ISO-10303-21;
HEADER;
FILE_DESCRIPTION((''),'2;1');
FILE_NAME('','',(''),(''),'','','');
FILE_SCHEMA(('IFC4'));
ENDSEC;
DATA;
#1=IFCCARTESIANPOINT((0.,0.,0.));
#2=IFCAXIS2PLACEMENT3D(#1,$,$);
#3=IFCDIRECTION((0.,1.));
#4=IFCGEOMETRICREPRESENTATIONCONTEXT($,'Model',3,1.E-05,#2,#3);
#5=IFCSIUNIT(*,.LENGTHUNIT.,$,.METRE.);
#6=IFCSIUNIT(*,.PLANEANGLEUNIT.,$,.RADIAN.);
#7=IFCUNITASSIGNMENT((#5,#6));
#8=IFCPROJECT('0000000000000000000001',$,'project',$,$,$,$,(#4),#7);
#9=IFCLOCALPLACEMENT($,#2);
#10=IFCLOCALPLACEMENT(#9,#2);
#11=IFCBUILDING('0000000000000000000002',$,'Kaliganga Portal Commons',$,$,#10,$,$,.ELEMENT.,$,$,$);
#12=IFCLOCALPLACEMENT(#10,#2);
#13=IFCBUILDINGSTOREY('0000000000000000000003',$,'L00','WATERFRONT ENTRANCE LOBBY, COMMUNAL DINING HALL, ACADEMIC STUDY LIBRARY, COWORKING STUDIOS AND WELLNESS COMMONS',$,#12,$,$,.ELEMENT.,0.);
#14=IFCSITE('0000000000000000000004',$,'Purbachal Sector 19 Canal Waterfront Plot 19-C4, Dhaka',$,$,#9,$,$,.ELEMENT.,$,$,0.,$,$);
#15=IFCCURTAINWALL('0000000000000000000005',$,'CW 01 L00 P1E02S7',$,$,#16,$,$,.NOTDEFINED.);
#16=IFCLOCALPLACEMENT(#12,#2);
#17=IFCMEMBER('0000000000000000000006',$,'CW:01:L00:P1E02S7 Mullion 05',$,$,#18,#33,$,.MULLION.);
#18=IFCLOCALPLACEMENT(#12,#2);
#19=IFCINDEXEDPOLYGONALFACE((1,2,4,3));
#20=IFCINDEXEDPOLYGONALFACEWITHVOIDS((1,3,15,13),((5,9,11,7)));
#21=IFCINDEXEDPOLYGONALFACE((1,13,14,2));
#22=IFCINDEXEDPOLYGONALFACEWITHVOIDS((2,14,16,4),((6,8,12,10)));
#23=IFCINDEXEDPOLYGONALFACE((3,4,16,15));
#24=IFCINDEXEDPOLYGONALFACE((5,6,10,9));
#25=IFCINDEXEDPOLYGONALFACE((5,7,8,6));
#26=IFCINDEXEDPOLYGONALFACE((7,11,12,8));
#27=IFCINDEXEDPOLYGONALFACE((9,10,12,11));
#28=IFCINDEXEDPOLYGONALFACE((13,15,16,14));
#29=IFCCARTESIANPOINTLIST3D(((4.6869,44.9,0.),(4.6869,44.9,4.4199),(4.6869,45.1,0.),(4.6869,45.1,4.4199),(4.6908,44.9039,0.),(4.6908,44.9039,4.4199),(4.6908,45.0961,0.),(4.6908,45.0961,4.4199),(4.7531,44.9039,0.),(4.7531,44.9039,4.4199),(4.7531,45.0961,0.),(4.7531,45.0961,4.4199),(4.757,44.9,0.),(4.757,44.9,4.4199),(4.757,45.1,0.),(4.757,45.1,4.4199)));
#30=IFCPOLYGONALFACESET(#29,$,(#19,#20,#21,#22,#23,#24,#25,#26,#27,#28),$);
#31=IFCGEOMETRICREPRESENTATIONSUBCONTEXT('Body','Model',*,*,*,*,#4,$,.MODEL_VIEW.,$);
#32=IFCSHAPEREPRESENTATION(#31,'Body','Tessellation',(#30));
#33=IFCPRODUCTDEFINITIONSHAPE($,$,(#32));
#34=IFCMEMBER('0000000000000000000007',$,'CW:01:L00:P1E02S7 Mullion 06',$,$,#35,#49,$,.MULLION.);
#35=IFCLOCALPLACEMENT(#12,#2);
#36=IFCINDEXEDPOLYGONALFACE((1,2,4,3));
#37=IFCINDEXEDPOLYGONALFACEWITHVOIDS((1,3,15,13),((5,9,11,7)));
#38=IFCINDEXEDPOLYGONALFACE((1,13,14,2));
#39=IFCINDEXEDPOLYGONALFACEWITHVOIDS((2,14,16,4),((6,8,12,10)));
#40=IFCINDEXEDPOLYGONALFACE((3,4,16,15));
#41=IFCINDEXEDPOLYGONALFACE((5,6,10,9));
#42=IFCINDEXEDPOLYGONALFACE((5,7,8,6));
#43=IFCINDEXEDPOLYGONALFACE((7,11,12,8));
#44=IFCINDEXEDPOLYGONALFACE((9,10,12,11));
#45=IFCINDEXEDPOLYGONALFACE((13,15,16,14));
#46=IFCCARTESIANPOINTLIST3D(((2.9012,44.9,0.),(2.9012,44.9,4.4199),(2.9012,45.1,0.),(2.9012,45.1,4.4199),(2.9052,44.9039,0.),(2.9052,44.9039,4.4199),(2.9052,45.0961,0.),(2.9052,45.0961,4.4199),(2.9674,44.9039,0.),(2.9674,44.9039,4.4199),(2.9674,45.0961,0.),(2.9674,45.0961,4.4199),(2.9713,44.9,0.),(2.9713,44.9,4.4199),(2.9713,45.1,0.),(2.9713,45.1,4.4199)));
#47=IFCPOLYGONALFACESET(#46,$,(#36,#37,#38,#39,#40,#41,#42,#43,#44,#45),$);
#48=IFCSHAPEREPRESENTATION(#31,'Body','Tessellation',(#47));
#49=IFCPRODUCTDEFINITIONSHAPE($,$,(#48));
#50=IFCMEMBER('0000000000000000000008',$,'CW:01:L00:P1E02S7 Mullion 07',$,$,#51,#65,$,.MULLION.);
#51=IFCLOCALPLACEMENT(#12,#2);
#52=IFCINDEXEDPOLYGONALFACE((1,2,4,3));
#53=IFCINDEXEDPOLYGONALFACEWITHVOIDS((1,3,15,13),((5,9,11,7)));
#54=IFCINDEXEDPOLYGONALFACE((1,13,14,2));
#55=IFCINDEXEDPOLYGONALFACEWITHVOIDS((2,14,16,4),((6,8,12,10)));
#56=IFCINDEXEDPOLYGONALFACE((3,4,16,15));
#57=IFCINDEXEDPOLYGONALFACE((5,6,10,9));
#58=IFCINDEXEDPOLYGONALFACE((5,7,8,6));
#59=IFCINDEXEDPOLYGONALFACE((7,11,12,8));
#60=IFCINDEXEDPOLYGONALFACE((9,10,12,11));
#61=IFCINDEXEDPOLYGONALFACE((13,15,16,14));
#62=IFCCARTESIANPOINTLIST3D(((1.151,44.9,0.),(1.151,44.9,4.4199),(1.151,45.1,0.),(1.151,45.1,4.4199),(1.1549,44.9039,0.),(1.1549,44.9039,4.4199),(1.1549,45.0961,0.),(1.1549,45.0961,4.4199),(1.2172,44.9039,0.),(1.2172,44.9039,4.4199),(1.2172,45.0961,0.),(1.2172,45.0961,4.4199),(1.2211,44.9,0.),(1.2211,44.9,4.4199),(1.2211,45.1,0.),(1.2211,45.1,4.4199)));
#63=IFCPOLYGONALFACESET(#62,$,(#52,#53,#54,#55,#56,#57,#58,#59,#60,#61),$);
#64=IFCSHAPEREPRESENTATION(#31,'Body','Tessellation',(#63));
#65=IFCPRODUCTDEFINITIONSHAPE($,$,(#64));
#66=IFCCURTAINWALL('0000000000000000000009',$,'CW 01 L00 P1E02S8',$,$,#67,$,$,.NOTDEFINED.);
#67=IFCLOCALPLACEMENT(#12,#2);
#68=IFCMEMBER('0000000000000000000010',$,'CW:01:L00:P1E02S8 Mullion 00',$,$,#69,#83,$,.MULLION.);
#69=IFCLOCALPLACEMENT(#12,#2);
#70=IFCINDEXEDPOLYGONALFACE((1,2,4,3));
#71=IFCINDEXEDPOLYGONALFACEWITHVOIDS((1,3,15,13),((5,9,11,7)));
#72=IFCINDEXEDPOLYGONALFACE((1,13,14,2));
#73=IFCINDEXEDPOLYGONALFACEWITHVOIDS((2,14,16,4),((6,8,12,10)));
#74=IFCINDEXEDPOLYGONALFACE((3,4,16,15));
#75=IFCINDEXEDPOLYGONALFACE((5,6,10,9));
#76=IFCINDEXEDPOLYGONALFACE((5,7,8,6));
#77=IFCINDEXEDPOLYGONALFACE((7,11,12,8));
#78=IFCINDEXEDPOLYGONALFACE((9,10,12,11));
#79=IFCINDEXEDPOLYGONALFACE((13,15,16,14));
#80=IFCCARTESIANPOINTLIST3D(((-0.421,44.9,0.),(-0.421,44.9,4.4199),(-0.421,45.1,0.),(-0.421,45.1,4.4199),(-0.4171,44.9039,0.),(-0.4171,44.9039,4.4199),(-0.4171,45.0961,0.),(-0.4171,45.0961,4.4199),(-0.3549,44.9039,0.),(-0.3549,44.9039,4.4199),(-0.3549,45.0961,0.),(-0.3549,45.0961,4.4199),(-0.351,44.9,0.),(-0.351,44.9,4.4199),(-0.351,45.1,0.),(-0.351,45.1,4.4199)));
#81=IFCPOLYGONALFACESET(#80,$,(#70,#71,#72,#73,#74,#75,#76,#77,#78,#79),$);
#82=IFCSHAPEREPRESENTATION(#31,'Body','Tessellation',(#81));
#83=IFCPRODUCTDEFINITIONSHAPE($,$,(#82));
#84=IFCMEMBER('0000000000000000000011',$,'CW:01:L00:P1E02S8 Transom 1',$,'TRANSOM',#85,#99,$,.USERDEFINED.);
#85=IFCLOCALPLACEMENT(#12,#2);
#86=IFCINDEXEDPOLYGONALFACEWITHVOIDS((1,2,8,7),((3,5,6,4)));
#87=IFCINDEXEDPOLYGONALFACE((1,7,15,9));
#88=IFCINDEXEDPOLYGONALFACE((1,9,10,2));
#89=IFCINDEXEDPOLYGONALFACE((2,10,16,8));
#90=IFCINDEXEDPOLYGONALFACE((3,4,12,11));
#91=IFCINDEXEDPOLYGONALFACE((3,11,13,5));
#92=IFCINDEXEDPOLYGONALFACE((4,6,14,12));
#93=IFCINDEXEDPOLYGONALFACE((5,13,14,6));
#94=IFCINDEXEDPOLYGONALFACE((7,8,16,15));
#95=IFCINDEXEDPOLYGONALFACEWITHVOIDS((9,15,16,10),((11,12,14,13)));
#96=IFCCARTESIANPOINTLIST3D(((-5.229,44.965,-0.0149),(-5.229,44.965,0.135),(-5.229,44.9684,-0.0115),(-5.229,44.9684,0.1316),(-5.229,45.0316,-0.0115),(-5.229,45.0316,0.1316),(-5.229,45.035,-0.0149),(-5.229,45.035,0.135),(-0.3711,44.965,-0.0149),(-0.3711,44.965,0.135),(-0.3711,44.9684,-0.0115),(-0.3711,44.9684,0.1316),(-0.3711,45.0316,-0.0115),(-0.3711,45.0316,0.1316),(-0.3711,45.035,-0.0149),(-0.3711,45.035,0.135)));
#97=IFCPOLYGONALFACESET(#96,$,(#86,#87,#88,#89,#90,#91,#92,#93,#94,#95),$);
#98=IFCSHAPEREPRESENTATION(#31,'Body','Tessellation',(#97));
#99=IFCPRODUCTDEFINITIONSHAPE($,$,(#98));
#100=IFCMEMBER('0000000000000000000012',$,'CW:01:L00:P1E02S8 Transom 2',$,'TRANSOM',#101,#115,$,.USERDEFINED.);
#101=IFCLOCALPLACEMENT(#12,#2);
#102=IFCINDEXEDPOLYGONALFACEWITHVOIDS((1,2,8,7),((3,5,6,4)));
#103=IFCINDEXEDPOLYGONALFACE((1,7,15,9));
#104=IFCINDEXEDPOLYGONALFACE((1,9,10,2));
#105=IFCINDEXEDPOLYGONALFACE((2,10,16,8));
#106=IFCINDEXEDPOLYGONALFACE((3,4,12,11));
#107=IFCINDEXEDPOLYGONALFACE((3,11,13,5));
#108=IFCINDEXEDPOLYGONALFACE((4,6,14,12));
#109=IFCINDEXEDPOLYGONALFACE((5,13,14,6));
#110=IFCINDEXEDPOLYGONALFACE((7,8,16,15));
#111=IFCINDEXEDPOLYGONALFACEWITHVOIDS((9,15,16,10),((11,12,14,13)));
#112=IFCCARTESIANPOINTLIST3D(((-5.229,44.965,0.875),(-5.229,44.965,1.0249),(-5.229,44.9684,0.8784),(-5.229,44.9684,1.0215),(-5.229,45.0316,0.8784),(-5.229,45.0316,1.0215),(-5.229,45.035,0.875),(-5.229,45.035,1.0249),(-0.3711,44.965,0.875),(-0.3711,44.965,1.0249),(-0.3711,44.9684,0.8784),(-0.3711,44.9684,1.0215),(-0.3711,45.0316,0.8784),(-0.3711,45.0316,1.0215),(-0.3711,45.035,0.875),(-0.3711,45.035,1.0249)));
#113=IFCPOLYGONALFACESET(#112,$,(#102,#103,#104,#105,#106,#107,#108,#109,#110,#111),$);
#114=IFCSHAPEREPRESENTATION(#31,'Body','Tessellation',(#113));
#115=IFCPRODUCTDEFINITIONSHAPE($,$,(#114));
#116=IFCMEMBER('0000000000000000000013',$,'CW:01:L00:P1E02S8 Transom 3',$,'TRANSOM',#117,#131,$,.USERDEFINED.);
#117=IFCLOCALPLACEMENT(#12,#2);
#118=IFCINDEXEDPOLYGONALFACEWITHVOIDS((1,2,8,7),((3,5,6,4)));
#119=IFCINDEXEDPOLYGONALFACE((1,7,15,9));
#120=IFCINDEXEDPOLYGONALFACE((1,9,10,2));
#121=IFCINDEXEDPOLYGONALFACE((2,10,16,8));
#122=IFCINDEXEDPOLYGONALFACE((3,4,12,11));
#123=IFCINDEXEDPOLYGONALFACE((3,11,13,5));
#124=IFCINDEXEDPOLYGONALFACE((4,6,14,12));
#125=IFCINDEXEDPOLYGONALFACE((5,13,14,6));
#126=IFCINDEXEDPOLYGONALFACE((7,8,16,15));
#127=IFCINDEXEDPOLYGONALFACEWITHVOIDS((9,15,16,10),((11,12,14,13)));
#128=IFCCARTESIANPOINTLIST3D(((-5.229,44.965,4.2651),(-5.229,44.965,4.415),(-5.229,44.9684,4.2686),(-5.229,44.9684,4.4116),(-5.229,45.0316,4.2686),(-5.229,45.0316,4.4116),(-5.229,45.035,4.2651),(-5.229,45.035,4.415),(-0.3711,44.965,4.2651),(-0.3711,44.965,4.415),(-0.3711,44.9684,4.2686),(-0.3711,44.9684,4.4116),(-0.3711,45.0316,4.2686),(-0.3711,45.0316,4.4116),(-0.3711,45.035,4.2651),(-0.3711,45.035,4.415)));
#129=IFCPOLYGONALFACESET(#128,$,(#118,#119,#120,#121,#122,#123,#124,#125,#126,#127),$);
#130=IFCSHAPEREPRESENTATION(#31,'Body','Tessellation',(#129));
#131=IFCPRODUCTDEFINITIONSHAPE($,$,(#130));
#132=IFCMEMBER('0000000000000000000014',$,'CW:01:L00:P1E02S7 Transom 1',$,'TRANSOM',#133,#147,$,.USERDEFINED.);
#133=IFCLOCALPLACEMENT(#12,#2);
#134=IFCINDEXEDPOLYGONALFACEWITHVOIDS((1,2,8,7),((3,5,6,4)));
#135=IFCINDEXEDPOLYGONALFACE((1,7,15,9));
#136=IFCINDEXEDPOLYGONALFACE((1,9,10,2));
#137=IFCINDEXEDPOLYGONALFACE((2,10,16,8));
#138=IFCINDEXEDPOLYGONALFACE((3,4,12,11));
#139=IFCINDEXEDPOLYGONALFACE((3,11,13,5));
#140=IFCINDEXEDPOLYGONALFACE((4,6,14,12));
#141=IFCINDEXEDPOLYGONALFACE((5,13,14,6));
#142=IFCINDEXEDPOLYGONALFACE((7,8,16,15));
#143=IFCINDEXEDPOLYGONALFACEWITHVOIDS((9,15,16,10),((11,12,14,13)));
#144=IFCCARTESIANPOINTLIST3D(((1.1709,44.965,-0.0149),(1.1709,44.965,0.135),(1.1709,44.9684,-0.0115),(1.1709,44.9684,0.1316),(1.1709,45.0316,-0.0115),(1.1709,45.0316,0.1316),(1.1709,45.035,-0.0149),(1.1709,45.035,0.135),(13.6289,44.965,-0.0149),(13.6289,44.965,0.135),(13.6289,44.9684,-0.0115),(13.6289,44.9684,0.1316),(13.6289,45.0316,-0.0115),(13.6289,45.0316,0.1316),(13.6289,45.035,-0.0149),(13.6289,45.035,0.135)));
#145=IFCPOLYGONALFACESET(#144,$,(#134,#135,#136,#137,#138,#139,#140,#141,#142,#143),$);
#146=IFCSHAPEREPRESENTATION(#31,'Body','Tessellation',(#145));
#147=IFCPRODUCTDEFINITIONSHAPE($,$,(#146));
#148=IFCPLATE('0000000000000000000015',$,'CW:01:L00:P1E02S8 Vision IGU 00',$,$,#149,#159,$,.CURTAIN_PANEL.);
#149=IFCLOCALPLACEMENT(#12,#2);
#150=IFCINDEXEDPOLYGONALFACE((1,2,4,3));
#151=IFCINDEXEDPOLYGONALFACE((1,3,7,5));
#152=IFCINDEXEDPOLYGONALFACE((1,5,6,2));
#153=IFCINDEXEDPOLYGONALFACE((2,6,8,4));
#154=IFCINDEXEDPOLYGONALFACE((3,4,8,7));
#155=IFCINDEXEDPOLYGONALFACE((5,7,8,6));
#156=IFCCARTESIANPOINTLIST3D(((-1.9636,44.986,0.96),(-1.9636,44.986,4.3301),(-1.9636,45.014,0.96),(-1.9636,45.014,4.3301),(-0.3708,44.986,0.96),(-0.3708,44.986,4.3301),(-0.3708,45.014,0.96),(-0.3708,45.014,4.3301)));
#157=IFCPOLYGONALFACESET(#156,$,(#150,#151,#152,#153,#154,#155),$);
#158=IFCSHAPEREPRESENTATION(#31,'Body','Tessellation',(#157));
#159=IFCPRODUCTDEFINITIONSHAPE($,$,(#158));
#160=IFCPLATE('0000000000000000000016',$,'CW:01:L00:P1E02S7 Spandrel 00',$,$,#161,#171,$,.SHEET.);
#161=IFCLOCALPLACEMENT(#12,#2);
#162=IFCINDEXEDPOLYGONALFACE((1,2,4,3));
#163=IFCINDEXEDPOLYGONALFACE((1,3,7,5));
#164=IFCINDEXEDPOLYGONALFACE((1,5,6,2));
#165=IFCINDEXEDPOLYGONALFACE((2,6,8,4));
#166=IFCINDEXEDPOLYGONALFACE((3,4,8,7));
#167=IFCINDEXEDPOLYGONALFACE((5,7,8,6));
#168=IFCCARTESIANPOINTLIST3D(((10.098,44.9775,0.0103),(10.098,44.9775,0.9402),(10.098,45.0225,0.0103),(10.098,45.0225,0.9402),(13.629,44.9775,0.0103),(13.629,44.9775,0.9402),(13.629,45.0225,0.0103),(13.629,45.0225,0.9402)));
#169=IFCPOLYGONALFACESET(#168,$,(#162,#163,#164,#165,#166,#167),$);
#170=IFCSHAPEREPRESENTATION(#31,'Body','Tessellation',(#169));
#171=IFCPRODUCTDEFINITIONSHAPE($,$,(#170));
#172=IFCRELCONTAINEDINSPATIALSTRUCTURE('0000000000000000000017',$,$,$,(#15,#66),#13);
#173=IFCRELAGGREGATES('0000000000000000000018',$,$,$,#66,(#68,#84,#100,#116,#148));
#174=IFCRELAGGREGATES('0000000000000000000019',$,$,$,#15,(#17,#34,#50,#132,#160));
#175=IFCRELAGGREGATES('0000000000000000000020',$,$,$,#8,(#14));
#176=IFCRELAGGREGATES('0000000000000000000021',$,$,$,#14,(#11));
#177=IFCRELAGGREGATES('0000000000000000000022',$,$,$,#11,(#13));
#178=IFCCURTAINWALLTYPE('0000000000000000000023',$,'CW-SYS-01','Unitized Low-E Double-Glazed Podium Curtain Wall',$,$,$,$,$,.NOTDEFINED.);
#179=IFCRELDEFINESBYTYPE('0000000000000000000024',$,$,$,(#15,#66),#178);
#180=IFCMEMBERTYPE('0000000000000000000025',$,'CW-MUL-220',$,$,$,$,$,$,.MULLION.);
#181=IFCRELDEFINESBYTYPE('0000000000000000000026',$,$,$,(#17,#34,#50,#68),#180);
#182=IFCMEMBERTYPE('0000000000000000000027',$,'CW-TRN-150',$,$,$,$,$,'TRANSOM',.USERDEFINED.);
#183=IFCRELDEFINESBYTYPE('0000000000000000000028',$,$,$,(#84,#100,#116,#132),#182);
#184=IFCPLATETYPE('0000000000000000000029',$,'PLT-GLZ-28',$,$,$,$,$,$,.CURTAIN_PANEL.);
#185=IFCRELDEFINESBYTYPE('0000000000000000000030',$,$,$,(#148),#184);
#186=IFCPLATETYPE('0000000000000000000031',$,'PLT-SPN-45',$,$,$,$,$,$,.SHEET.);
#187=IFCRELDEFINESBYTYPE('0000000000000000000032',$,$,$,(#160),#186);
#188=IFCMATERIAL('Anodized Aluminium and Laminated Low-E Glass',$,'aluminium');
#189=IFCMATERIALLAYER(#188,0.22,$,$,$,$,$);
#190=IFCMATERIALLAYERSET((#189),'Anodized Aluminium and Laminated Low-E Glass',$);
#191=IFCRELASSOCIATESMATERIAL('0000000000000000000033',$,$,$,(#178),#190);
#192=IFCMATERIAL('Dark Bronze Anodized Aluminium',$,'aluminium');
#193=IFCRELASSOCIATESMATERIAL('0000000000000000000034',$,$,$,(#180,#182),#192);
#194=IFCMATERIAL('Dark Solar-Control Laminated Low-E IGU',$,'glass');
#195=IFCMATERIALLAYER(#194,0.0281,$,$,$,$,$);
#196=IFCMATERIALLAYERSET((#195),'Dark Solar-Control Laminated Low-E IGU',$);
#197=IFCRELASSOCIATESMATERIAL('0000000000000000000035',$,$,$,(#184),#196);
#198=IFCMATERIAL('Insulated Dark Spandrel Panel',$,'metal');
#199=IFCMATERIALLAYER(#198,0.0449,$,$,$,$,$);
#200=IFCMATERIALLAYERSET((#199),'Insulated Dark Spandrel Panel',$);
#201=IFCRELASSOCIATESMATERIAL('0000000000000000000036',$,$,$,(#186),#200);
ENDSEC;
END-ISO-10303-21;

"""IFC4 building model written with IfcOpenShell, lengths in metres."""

from ifc_helpers import new_model, si_unit, direction, frame, origin, origin_2d, place, context, subcontext, project, spatial, rectangle, hollow_rectangle, extrude, source, transform, mapped, material, layer, layer_set, material_profile, profile_set, type_object, element, aggregate, save


model = new_model("IFC4")

# Units and contexts
model_context = context("Model", 3, precision=1e-05, world=origin(), true_north=direction((0.0, 1.0)))
body_context = subcontext(model_context, "Body", "Model", "MODEL_VIEW")
ifc_project = project(units=[si_unit("LENGTHUNIT", "METRE"), si_unit("PLANEANGLEUNIT", "RADIAN")], contexts=[model_context])

# Site, building, storey
site_placement = place(None, origin())
site = spatial("IfcSite", under=ifc_project, at=site_placement, Name="Purbachal Sector 19 Canal Waterfront Plot 19-C4, Dhaka", CompositionType="ELEMENT", RefElevation=0.0)
building_placement = place(site_placement, origin())
building = spatial("IfcBuilding", under=site, at=building_placement, Name="Kaliganga Portal Commons", CompositionType="ELEMENT")
storey_placement = place(building_placement, origin())
storey = spatial("IfcBuildingStorey", under=building, at=storey_placement, Name="L00", Description="WATERFRONT ENTRANCE LOBBY, COMMUNAL DINING HALL, ACADEMIC STUDY LIBRARY, COWORKING STUDIOS AND WELLNESS COMMONS", CompositionType="ELEMENT", Elevation=0.0)

# Curtain walls, members
ifc_material_1 = material(Name="Anodized Aluminium and Laminated Low-E Glass", Category="aluminium")
ifc_layer_1 = layer(ifc_material_1, 0.22)
ifc_layer_set_1 = layer_set([ifc_layer_1], Name="Anodized Aluminium and Laminated Low-E Glass")
curtain_wall_type = type_object("IfcCurtainWallType", Name="CW-SYS-01", Description="Unitized Low-E Double-Glazed Podium Curtain Wall", PredefinedType="NOTDEFINED", material=ifc_layer_set_1)
curtain_wall_1_placement = place(storey_placement, origin())
curtain_wall_1 = element("IfcCurtainWall", 1, at=curtain_wall_1_placement, inside=storey, type_object=curtain_wall_type, Name="CW 01 L00 P1E02S7", PredefinedType="NOTDEFINED")
ifc_material_2 = material(Name="Dark Bronze Anodized Aluminium", Category="aluminium")
ifc_material_profile_1 = material_profile(ifc_material_2, hollow_rectangle(XDim=0.0701, YDim=0.2, WallThickness=0.0039, at=origin_2d()), Name="ALU MULL 70x200x4")
ifc_profile_set_1 = profile_set([ifc_material_profile_1], Name="Dark Bronze Anodized Aluminium")
member_type_1 = type_object("IfcMemberType", Name="CW-MUL-220", PredefinedType="MULLION", material=ifc_profile_set_1)
shared_shape_1 = source(origin(), body_context, "Body", "SweptSolid", [
    extrude(hollow_rectangle(XDim=0.0701, YDim=0.2, WallThickness=0.0039, at=origin_2d()), origin(), (0.0, 0.0, 1.0), 4.4199),
])
member_1_placement = place(storey_placement, frame((4.7219, 45.0, 0.0), z_axis=(0.0, 0.0, 1.0), x_axis=(-1.0, 0.0, 0.0)))
member_1 = element("IfcMember", 2, at=member_1_placement, type_object=member_type_1, Name="CW:01:L00:P1E02S7 Mullion 05", PredefinedType="MULLION", context=body_context, shape_type="MappedRepresentation", body=[
    mapped(shared_shape_1, transform((0.0, 0.0, 0.0), x_axis=(1.0, 0.0, 0.0), y_axis=(0.0, 1.0, 0.0), z_axis=(0.0, 0.0, 1.0), scale=1.0)),
])
member_2_placement = place(storey_placement, frame((2.9363, 45.0, 0.0), z_axis=(0.0, 0.0, 1.0), x_axis=(-1.0, 0.0, 0.0)))
member_2 = element("IfcMember", 3, at=member_2_placement, type_object=member_type_1, Name="CW:01:L00:P1E02S7 Mullion 06", PredefinedType="MULLION", context=body_context, shape_type="MappedRepresentation", body=[
    mapped(shared_shape_1, transform((0.0, 0.0, 0.0), x_axis=(1.0, 0.0, 0.0), y_axis=(0.0, 1.0, 0.0), z_axis=(0.0, 0.0, 1.0), scale=1.0)),
])
member_3_placement = place(storey_placement, frame((1.186, 45.0, 0.0), z_axis=(0.0, 0.0, 1.0), x_axis=(-1.0, 0.0, 0.0)))
member_3 = element("IfcMember", 4, at=member_3_placement, type_object=member_type_1, Name="CW:01:L00:P1E02S7 Mullion 07", PredefinedType="MULLION", context=body_context, shape_type="MappedRepresentation", body=[
    mapped(shared_shape_1, transform((0.0, 0.0, 0.0), x_axis=(1.0, 0.0, 0.0), y_axis=(0.0, 1.0, 0.0), z_axis=(0.0, 0.0, 1.0), scale=1.0)),
])
curtain_wall_2_placement = place(storey_placement, origin())
curtain_wall_2 = element("IfcCurtainWall", 5, at=curtain_wall_2_placement, inside=storey, type_object=curtain_wall_type, Name="CW 01 L00 P1E02S8", PredefinedType="NOTDEFINED")
member_4_placement = place(storey_placement, frame((-0.386, 45.0, 0.0), z_axis=(0.0, 0.0, 1.0), x_axis=(-1.0, 0.0, 0.0)))
member_4 = element("IfcMember", 6, at=member_4_placement, type_object=member_type_1, Name="CW:01:L00:P1E02S8 Mullion 00", PredefinedType="MULLION", context=body_context, shape_type="MappedRepresentation", body=[
    mapped(shared_shape_1, transform((0.0, 0.0, 0.0), x_axis=(1.0, 0.0, 0.0), y_axis=(0.0, 1.0, 0.0), z_axis=(0.0, 0.0, 1.0), scale=1.0)),
])
ifc_material_profile_2 = material_profile(ifc_material_2, hollow_rectangle(XDim=0.0701, YDim=0.1499, WallThickness=0.0034, at=origin_2d()), Name="ALU TRAN 70x150x3.5")
ifc_profile_set_2 = profile_set([ifc_material_profile_2], Name="Dark Bronze Anodized Aluminium")
member_type_2 = type_object("IfcMemberType", Name="CW-TRN-150", ElementType="TRANSOM", PredefinedType="USERDEFINED", material=ifc_profile_set_2)
shared_shape_2 = source(origin(), body_context, "Body", "SweptSolid", [
    extrude(hollow_rectangle(XDim=0.0701, YDim=0.1499, WallThickness=0.0034, at=origin_2d()), origin(), (0.0, 0.0, 1.0), 4.8579),
])
member_5_placement = place(storey_placement, frame((-0.3711, 45.0, 0.0601), z_axis=(-1.0, 0.0, 0.0), x_axis=(0.0, -1.0, 0.0)))
member_5 = element("IfcMember", 7, at=member_5_placement, type_object=member_type_2, Name="CW:01:L00:P1E02S8 Transom 1", ObjectType="TRANSOM", PredefinedType="USERDEFINED", context=body_context, shape_type="MappedRepresentation", body=[
    mapped(shared_shape_2, transform((0.0, 0.0, 0.0), x_axis=(1.0, 0.0, 0.0), y_axis=(0.0, 1.0, 0.0), z_axis=(0.0, 0.0, 1.0), scale=1.0)),
])
member_6_placement = place(storey_placement, frame((-0.3711, 45.0, 0.95), z_axis=(-1.0, 0.0, 0.0), x_axis=(0.0, -1.0, 0.0)))
member_6 = element("IfcMember", 8, at=member_6_placement, type_object=member_type_2, Name="CW:01:L00:P1E02S8 Transom 2", ObjectType="TRANSOM", PredefinedType="USERDEFINED", context=body_context, shape_type="MappedRepresentation", body=[
    mapped(shared_shape_2, transform((0.0, 0.0, 0.0), x_axis=(1.0, 0.0, 0.0), y_axis=(0.0, 1.0, 0.0), z_axis=(0.0, 0.0, 1.0), scale=1.0)),
])
member_7_placement = place(storey_placement, frame((-0.3711, 45.0, 4.3401), z_axis=(-1.0, 0.0, 0.0), x_axis=(0.0, -1.0, 0.0)))
member_7 = element("IfcMember", 9, at=member_7_placement, type_object=member_type_2, Name="CW:01:L00:P1E02S8 Transom 3", ObjectType="TRANSOM", PredefinedType="USERDEFINED", context=body_context, shape_type="MappedRepresentation", body=[
    mapped(shared_shape_2, transform((0.0, 0.0, 0.0), x_axis=(1.0, 0.0, 0.0), y_axis=(0.0, 1.0, 0.0), z_axis=(0.0, 0.0, 1.0), scale=1.0)),
])

# Member
shared_shape_3 = source(origin(), body_context, "Body", "SweptSolid", [
    extrude(hollow_rectangle(XDim=0.0701, YDim=0.1499, WallThickness=0.0034, at=origin_2d()), origin(), (0.0, 0.0, 1.0), 12.458),
])
member_8_placement = place(storey_placement, frame((13.6289, 45.0, 0.0601), z_axis=(-1.0, 0.0, 0.0), x_axis=(0.0, -1.0, 0.0)))
member_8 = element("IfcMember", 10, at=member_8_placement, type_object=member_type_2, Name="CW:01:L00:P1E02S7 Transom 1", ObjectType="TRANSOM", PredefinedType="USERDEFINED", context=body_context, shape_type="MappedRepresentation", body=[
    mapped(shared_shape_3, transform((0.0, 0.0, 0.0), x_axis=(1.0, 0.0, 0.0), y_axis=(0.0, 1.0, 0.0), z_axis=(0.0, 0.0, 1.0), scale=1.0)),
])

# Plates
ifc_material_3 = material(Name="Dark Solar-Control Laminated Low-E IGU", Category="glass")
ifc_layer_2 = layer(ifc_material_3, 0.0281)
ifc_layer_set_2 = layer_set([ifc_layer_2], Name="Dark Solar-Control Laminated Low-E IGU")
plate_type_1 = type_object("IfcPlateType", Name="PLT-GLZ-28", PredefinedType="CURTAIN_PANEL", material=ifc_layer_set_2)
shared_shape_4 = source(origin(), body_context, "Body", "SweptSolid", [
    extrude(rectangle(XDim=1.5928, YDim=0.0281, at=origin_2d()), origin(), (0.0, 0.0, 1.0), 3.3701),
])
plate_1_placement = place(storey_placement, frame((-1.1672, 45.0, 0.96), z_axis=(0.0, 0.0, 1.0), x_axis=(-1.0, 0.0, 0.0)))
plate_1 = element("IfcPlate", 11, at=plate_1_placement, type_object=plate_type_1, Name="CW:01:L00:P1E02S8 Vision IGU 00", PredefinedType="CURTAIN_PANEL", context=body_context, shape_type="MappedRepresentation", body=[
    mapped(shared_shape_4, transform((0.0, 0.0, 0.0), x_axis=(1.0, 0.0, 0.0), y_axis=(0.0, 1.0, 0.0), z_axis=(0.0, 0.0, 1.0), scale=1.0)),
])
aggregate(curtain_wall_2, [member_4, member_5, member_6, member_7, plate_1])
ifc_material_4 = material(Name="Insulated Dark Spandrel Panel", Category="metal")
ifc_layer_3 = layer(ifc_material_4, 0.0449)
ifc_layer_set_3 = layer_set([ifc_layer_3], Name="Insulated Dark Spandrel Panel")
plate_type_2 = type_object("IfcPlateType", Name="PLT-SPN-45", PredefinedType="SHEET", material=ifc_layer_set_3)
shared_shape_5 = source(origin(), body_context, "Body", "SweptSolid", [
    extrude(rectangle(XDim=3.531, YDim=0.0449, at=origin_2d()), origin(), (0.0, 0.0, 1.0), 0.9299),
])
plate_2_placement = place(storey_placement, frame((11.8635, 45.0, 0.0103), z_axis=(0.0, 0.0, 1.0), x_axis=(-1.0, 0.0, 0.0)))
plate_2 = element("IfcPlate", 12, at=plate_2_placement, type_object=plate_type_2, Name="CW:01:L00:P1E02S7 Spandrel 00", PredefinedType="SHEET", context=body_context, shape_type="MappedRepresentation", body=[
    mapped(shared_shape_5, transform((0.0, 0.0, 0.0), x_axis=(1.0, 0.0, 0.0), y_axis=(0.0, 1.0, 0.0), z_axis=(0.0, 0.0, 1.0), scale=1.0)),
])
aggregate(curtain_wall_1, [member_1, member_2, member_3, member_8, plate_2])

save(model, "model.ifc")
